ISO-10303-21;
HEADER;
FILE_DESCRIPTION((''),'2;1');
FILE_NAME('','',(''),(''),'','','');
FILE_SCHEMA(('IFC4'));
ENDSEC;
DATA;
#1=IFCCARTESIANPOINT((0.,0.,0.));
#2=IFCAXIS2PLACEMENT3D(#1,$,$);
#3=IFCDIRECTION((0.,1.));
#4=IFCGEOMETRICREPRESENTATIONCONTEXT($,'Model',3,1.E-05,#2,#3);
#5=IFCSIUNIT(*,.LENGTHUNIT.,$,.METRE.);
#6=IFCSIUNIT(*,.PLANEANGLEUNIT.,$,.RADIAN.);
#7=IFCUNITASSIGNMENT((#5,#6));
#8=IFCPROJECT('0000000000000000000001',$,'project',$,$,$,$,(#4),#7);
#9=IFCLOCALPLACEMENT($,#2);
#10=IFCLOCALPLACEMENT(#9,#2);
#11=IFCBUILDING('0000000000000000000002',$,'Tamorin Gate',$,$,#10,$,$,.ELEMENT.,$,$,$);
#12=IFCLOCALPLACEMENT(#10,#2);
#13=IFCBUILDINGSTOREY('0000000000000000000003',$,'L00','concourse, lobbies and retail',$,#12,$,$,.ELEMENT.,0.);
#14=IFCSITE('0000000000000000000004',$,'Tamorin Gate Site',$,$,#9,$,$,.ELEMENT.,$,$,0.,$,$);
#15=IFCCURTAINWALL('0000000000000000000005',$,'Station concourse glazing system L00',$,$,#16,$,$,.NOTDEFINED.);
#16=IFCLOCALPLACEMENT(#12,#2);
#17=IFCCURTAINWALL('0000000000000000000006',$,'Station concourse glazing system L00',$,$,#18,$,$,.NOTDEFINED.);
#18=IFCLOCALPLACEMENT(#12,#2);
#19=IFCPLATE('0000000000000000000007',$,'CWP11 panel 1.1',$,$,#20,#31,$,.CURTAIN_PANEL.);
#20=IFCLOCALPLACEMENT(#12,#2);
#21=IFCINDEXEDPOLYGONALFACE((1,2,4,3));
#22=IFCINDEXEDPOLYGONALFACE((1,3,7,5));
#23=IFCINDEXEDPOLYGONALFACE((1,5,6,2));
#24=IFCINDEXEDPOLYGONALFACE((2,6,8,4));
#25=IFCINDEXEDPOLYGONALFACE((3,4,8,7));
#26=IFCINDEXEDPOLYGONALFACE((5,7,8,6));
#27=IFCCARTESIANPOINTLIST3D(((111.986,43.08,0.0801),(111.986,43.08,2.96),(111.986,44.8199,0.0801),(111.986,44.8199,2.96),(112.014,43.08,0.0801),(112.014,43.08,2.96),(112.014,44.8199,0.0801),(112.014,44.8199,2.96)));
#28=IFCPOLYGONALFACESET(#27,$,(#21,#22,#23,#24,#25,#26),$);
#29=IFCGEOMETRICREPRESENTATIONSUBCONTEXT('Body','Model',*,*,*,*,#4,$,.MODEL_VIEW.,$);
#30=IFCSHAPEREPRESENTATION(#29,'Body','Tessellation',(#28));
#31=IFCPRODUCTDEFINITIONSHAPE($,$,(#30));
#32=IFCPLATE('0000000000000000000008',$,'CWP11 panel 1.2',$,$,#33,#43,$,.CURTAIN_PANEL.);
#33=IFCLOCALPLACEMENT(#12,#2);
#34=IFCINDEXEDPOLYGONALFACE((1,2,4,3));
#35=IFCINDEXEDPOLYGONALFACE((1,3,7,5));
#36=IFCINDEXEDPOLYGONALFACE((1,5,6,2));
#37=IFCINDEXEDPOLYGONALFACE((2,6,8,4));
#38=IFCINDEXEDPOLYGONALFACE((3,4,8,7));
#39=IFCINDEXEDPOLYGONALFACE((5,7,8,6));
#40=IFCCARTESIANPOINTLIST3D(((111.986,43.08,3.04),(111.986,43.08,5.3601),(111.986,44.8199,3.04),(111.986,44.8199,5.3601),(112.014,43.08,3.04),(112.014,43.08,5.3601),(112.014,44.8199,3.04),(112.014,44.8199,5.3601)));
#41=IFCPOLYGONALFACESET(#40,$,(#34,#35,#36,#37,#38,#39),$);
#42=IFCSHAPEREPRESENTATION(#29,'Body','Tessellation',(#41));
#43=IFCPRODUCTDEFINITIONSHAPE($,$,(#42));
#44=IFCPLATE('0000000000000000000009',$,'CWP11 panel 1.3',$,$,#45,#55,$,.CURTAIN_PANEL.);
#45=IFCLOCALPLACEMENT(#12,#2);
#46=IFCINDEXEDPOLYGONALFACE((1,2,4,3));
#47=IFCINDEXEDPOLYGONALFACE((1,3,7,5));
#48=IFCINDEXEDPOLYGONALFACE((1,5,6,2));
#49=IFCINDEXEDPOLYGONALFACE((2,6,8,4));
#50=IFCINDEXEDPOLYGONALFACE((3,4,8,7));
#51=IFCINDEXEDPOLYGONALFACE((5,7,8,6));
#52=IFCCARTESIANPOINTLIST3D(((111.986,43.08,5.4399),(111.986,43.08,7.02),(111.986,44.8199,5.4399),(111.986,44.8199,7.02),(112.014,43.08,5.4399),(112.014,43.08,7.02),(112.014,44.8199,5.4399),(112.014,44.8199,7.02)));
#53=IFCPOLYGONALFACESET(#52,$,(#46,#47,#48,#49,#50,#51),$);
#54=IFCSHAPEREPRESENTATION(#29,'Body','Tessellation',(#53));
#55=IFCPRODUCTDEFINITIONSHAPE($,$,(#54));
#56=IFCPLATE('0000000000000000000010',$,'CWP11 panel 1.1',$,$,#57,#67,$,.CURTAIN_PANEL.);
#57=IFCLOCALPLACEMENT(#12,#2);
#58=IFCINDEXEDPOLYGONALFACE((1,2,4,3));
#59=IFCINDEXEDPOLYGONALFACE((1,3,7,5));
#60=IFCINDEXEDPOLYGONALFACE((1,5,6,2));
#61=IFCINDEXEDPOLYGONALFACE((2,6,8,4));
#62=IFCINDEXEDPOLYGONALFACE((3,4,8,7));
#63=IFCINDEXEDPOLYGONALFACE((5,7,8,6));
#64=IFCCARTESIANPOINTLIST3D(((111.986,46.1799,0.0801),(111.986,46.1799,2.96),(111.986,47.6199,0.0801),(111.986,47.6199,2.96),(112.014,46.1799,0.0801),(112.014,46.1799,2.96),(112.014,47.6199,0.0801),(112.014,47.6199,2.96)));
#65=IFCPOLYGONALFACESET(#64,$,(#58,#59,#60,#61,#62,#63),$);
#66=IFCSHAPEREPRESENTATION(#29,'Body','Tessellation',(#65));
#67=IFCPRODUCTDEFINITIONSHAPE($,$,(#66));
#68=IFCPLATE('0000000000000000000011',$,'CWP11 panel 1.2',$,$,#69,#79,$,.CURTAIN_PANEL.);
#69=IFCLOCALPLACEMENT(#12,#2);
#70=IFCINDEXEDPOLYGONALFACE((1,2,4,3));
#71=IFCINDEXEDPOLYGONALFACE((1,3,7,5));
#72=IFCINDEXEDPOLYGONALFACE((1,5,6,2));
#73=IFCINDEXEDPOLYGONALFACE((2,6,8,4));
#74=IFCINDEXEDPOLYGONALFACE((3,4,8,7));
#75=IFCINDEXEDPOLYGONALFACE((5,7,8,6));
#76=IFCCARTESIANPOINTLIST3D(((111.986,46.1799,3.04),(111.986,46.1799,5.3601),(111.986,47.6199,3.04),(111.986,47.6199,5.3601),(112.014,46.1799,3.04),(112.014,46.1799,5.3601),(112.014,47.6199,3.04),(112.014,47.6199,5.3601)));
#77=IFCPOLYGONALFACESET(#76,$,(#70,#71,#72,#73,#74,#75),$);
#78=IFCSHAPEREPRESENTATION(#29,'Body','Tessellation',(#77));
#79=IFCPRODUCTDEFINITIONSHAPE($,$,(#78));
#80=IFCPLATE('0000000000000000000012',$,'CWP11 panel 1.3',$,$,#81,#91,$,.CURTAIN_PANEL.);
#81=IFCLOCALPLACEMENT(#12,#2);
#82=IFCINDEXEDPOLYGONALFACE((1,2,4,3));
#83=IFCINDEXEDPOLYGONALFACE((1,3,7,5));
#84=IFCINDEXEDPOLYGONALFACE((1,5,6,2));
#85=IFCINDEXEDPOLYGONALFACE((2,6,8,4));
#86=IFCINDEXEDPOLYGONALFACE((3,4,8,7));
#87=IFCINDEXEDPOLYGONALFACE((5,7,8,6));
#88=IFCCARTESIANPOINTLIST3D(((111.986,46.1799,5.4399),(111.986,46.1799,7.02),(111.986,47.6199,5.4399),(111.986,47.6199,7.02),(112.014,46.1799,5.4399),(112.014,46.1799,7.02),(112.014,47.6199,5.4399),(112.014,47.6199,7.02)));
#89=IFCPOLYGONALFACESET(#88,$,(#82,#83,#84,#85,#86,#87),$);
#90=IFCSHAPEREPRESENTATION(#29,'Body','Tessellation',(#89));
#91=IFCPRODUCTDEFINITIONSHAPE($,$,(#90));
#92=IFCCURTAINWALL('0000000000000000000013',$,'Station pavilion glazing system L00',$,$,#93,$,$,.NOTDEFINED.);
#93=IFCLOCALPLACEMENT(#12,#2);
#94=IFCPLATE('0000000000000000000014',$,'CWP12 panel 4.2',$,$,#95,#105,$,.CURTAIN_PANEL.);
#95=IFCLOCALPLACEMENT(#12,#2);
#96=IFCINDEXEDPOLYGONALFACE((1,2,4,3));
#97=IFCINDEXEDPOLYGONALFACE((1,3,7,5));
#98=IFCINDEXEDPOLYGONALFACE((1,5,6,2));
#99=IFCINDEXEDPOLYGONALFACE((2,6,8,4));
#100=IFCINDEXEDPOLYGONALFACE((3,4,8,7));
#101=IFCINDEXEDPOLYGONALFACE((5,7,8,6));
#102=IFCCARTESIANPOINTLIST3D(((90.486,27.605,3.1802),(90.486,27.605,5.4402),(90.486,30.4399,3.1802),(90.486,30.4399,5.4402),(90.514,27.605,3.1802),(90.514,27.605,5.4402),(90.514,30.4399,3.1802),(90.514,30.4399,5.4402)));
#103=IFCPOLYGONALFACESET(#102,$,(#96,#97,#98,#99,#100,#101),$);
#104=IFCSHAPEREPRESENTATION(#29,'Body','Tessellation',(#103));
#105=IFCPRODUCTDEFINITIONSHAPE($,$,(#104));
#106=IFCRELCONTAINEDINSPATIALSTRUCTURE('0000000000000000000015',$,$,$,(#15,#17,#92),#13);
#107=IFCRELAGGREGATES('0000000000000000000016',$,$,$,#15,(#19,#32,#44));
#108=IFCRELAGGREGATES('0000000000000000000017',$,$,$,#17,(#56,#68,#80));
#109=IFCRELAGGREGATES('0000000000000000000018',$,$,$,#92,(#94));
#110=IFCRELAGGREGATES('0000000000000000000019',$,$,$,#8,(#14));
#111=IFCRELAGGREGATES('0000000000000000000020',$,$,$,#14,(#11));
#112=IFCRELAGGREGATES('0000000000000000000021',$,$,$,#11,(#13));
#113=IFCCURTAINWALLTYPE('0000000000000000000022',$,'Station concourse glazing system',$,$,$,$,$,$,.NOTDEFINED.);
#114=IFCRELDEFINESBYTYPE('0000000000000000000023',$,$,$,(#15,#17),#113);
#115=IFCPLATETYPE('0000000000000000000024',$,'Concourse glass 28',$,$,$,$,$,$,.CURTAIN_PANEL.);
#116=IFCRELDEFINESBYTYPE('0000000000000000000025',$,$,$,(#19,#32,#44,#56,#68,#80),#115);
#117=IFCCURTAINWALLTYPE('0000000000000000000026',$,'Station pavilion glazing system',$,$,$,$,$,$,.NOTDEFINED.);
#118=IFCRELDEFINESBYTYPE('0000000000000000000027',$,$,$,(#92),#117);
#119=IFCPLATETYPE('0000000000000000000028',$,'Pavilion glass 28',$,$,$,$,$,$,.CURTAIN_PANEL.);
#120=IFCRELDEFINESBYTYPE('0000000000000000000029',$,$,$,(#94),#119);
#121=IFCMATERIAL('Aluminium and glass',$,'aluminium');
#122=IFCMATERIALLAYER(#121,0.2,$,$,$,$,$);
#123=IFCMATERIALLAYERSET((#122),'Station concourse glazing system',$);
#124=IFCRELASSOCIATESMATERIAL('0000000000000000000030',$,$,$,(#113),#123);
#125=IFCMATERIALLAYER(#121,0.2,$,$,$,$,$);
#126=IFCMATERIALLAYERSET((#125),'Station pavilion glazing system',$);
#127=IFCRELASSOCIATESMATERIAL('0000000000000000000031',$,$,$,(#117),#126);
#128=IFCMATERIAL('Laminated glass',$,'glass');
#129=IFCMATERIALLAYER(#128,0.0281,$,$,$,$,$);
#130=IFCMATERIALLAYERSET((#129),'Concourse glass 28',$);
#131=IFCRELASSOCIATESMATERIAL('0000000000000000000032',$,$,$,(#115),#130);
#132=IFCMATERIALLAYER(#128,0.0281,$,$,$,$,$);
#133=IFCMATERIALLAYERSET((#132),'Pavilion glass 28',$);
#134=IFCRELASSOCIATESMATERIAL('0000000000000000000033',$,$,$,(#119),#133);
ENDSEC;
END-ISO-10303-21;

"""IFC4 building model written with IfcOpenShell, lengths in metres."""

from ifc_helpers import new_model, si_unit, direction, frame, origin, origin_2d, place, context, subcontext, project, spatial, rectangle, extrude, material, layer, layer_set, type_object, element, aggregate, save


model = new_model("IFC4")

# Units and contexts
model_context = context("Model", 3, precision=1e-05, world=origin(), true_north=direction((0.0, 1.0)))
body_context = subcontext(model_context, "Body", "Model", "MODEL_VIEW")
ifc_project = project(units=[si_unit("LENGTHUNIT", "METRE"), si_unit("PLANEANGLEUNIT", "RADIAN")], contexts=[model_context])

# Site, building, storey
site_placement = place(None, origin())
site = spatial("IfcSite", under=ifc_project, at=site_placement, Name="Tamorin Gate Site", CompositionType="ELEMENT", RefElevation=0.0)
building_placement = place(site_placement, origin())
building = spatial("IfcBuilding", under=site, at=building_placement, Name="Tamorin Gate", CompositionType="ELEMENT")
storey_placement = place(building_placement, origin())
storey = spatial("IfcBuildingStorey", under=building, at=storey_placement, Name="L00", Description="concourse, lobbies and retail", CompositionType="ELEMENT", Elevation=0.0)

# Curtain wall
ifc_material_1 = material(Name="Aluminium and glass", Category="aluminium")
ifc_layer_1 = layer(ifc_material_1, 0.2)
ifc_layer_set_1 = layer_set([ifc_layer_1], Name="Station concourse glazing system")
curtain_wall_type_1 = type_object("IfcCurtainWallType", Name="Station concourse glazing system", PredefinedType="NOTDEFINED", material=ifc_layer_set_1)
curtain_wall_1_placement = place(storey_placement, origin())
curtain_wall_1 = element("IfcCurtainWall", 1, at=curtain_wall_1_placement, inside=storey, type_object=curtain_wall_type_1, Name="Station concourse glazing system L00", PredefinedType="NOTDEFINED")

# Curtain wall
curtain_wall_2_placement = place(storey_placement, origin())
curtain_wall_2 = element("IfcCurtainWall", 2, at=curtain_wall_2_placement, inside=storey, type_object=curtain_wall_type_1, Name="Station concourse glazing system L00", PredefinedType="NOTDEFINED")

# Shared definitions
ifc_layer_2 = layer(ifc_material_1, 0.2)
ifc_layer_set_2 = layer_set([ifc_layer_2], Name="Station pavilion glazing system")
curtain_wall_type_2 = type_object("IfcCurtainWallType", Name="Station pavilion glazing system", PredefinedType="NOTDEFINED", material=ifc_layer_set_2)

# Plates
ifc_material_2 = material(Name="Laminated glass", Category="glass")
ifc_layer_3 = layer(ifc_material_2, 0.0281)
ifc_layer_set_3 = layer_set([ifc_layer_3], Name="Concourse glass 28")
plate_type_1 = type_object("IfcPlateType", Name="Concourse glass 28", PredefinedType="CURTAIN_PANEL", material=ifc_layer_set_3)
plate_1_placement = place(storey_placement, frame((112.0, 43.95, 0.0801), z_axis=(0.0, 0.0, 1.0), x_axis=(0.0, 1.0, 0.0)))
plate_1 = element("IfcPlate", 3, at=plate_1_placement, type_object=plate_type_1, Name="CWP11 panel 1.1", PredefinedType="CURTAIN_PANEL", context=body_context, shape_type="SweptSolid", body=[
    extrude(rectangle(XDim=1.74, YDim=0.0281, at=origin_2d()), origin(), (0.0, 0.0, 1.0), 2.8799),
])
plate_2_placement = place(storey_placement, frame((112.0, 43.95, 3.04), z_axis=(0.0, 0.0, 1.0), x_axis=(0.0, 1.0, 0.0)))
plate_2 = element("IfcPlate", 4, at=plate_2_placement, type_object=plate_type_1, Name="CWP11 panel 1.2", PredefinedType="CURTAIN_PANEL", context=body_context, shape_type="SweptSolid", body=[
    extrude(rectangle(XDim=1.74, YDim=0.0281, at=origin_2d()), origin(), (0.0, 0.0, 1.0), 2.3201),
])
plate_3_placement = place(storey_placement, frame((112.0, 43.95, 5.4399), z_axis=(0.0, 0.0, 1.0), x_axis=(0.0, 1.0, 0.0)))
plate_3 = element("IfcPlate", 5, at=plate_3_placement, type_object=plate_type_1, Name="CWP11 panel 1.3", PredefinedType="CURTAIN_PANEL", context=body_context, shape_type="SweptSolid", body=[
    extrude(rectangle(XDim=1.74, YDim=0.0281, at=origin_2d()), origin(), (0.0, 0.0, 1.0), 1.5801),
])
aggregate(curtain_wall_1, [plate_1, plate_2, plate_3])
plate_4_placement = place(storey_placement, frame((112.0, 46.8999, 0.0801), z_axis=(0.0, 0.0, 1.0), x_axis=(0.0, 1.0, 0.0)))
plate_4 = element("IfcPlate", 6, at=plate_4_placement, type_object=plate_type_1, Name="CWP11 panel 1.1", PredefinedType="CURTAIN_PANEL", context=body_context, shape_type="SweptSolid", body=[
    extrude(rectangle(XDim=1.4399, YDim=0.0281, at=origin_2d()), origin(), (0.0, 0.0, 1.0), 2.8799),
])
plate_5_placement = place(storey_placement, frame((112.0, 46.8999, 3.04), z_axis=(0.0, 0.0, 1.0), x_axis=(0.0, 1.0, 0.0)))
plate_5 = element("IfcPlate", 7, at=plate_5_placement, type_object=plate_type_1, Name="CWP11 panel 1.2", PredefinedType="CURTAIN_PANEL", context=body_context, shape_type="SweptSolid", body=[
    extrude(rectangle(XDim=1.4399, YDim=0.0281, at=origin_2d()), origin(), (0.0, 0.0, 1.0), 2.3201),
])
plate_6_placement = place(storey_placement, frame((112.0, 46.8999, 5.4399), z_axis=(0.0, 0.0, 1.0), x_axis=(0.0, 1.0, 0.0)))
plate_6 = element("IfcPlate", 8, at=plate_6_placement, type_object=plate_type_1, Name="CWP11 panel 1.3", PredefinedType="CURTAIN_PANEL", context=body_context, shape_type="SweptSolid", body=[
    extrude(rectangle(XDim=1.4399, YDim=0.0281, at=origin_2d()), origin(), (0.0, 0.0, 1.0), 1.5801),
])
aggregate(curtain_wall_2, [plate_4, plate_5, plate_6])

# Curtain wall, plate
curtain_wall_3_placement = place(storey_placement, origin())
curtain_wall_3 = element("IfcCurtainWall", 9, at=curtain_wall_3_placement, inside=storey, type_object=curtain_wall_type_2, Name="Station pavilion glazing system L00", PredefinedType="NOTDEFINED")
ifc_layer_4 = layer(ifc_material_2, 0.0281)
ifc_layer_set_4 = layer_set([ifc_layer_4], Name="Pavilion glass 28")
plate_type_2 = type_object("IfcPlateType", Name="Pavilion glass 28", PredefinedType="CURTAIN_PANEL", material=ifc_layer_set_4)
plate_7_placement = place(storey_placement, frame((90.5, 29.0225, 3.1802), z_axis=(0.0, 0.0, 1.0), x_axis=(0.0, 1.0, 0.0)))
plate_7 = element("IfcPlate", 10, at=plate_7_placement, type_object=plate_type_2, Name="CWP12 panel 4.2", PredefinedType="CURTAIN_PANEL", context=body_context, shape_type="SweptSolid", body=[
    extrude(rectangle(XDim=2.835, YDim=0.0281, at=origin_2d()), origin(), (0.0, 0.0, 1.0), 2.26),
])
aggregate(curtain_wall_3, [plate_7])

save(model, "model.ifc")
